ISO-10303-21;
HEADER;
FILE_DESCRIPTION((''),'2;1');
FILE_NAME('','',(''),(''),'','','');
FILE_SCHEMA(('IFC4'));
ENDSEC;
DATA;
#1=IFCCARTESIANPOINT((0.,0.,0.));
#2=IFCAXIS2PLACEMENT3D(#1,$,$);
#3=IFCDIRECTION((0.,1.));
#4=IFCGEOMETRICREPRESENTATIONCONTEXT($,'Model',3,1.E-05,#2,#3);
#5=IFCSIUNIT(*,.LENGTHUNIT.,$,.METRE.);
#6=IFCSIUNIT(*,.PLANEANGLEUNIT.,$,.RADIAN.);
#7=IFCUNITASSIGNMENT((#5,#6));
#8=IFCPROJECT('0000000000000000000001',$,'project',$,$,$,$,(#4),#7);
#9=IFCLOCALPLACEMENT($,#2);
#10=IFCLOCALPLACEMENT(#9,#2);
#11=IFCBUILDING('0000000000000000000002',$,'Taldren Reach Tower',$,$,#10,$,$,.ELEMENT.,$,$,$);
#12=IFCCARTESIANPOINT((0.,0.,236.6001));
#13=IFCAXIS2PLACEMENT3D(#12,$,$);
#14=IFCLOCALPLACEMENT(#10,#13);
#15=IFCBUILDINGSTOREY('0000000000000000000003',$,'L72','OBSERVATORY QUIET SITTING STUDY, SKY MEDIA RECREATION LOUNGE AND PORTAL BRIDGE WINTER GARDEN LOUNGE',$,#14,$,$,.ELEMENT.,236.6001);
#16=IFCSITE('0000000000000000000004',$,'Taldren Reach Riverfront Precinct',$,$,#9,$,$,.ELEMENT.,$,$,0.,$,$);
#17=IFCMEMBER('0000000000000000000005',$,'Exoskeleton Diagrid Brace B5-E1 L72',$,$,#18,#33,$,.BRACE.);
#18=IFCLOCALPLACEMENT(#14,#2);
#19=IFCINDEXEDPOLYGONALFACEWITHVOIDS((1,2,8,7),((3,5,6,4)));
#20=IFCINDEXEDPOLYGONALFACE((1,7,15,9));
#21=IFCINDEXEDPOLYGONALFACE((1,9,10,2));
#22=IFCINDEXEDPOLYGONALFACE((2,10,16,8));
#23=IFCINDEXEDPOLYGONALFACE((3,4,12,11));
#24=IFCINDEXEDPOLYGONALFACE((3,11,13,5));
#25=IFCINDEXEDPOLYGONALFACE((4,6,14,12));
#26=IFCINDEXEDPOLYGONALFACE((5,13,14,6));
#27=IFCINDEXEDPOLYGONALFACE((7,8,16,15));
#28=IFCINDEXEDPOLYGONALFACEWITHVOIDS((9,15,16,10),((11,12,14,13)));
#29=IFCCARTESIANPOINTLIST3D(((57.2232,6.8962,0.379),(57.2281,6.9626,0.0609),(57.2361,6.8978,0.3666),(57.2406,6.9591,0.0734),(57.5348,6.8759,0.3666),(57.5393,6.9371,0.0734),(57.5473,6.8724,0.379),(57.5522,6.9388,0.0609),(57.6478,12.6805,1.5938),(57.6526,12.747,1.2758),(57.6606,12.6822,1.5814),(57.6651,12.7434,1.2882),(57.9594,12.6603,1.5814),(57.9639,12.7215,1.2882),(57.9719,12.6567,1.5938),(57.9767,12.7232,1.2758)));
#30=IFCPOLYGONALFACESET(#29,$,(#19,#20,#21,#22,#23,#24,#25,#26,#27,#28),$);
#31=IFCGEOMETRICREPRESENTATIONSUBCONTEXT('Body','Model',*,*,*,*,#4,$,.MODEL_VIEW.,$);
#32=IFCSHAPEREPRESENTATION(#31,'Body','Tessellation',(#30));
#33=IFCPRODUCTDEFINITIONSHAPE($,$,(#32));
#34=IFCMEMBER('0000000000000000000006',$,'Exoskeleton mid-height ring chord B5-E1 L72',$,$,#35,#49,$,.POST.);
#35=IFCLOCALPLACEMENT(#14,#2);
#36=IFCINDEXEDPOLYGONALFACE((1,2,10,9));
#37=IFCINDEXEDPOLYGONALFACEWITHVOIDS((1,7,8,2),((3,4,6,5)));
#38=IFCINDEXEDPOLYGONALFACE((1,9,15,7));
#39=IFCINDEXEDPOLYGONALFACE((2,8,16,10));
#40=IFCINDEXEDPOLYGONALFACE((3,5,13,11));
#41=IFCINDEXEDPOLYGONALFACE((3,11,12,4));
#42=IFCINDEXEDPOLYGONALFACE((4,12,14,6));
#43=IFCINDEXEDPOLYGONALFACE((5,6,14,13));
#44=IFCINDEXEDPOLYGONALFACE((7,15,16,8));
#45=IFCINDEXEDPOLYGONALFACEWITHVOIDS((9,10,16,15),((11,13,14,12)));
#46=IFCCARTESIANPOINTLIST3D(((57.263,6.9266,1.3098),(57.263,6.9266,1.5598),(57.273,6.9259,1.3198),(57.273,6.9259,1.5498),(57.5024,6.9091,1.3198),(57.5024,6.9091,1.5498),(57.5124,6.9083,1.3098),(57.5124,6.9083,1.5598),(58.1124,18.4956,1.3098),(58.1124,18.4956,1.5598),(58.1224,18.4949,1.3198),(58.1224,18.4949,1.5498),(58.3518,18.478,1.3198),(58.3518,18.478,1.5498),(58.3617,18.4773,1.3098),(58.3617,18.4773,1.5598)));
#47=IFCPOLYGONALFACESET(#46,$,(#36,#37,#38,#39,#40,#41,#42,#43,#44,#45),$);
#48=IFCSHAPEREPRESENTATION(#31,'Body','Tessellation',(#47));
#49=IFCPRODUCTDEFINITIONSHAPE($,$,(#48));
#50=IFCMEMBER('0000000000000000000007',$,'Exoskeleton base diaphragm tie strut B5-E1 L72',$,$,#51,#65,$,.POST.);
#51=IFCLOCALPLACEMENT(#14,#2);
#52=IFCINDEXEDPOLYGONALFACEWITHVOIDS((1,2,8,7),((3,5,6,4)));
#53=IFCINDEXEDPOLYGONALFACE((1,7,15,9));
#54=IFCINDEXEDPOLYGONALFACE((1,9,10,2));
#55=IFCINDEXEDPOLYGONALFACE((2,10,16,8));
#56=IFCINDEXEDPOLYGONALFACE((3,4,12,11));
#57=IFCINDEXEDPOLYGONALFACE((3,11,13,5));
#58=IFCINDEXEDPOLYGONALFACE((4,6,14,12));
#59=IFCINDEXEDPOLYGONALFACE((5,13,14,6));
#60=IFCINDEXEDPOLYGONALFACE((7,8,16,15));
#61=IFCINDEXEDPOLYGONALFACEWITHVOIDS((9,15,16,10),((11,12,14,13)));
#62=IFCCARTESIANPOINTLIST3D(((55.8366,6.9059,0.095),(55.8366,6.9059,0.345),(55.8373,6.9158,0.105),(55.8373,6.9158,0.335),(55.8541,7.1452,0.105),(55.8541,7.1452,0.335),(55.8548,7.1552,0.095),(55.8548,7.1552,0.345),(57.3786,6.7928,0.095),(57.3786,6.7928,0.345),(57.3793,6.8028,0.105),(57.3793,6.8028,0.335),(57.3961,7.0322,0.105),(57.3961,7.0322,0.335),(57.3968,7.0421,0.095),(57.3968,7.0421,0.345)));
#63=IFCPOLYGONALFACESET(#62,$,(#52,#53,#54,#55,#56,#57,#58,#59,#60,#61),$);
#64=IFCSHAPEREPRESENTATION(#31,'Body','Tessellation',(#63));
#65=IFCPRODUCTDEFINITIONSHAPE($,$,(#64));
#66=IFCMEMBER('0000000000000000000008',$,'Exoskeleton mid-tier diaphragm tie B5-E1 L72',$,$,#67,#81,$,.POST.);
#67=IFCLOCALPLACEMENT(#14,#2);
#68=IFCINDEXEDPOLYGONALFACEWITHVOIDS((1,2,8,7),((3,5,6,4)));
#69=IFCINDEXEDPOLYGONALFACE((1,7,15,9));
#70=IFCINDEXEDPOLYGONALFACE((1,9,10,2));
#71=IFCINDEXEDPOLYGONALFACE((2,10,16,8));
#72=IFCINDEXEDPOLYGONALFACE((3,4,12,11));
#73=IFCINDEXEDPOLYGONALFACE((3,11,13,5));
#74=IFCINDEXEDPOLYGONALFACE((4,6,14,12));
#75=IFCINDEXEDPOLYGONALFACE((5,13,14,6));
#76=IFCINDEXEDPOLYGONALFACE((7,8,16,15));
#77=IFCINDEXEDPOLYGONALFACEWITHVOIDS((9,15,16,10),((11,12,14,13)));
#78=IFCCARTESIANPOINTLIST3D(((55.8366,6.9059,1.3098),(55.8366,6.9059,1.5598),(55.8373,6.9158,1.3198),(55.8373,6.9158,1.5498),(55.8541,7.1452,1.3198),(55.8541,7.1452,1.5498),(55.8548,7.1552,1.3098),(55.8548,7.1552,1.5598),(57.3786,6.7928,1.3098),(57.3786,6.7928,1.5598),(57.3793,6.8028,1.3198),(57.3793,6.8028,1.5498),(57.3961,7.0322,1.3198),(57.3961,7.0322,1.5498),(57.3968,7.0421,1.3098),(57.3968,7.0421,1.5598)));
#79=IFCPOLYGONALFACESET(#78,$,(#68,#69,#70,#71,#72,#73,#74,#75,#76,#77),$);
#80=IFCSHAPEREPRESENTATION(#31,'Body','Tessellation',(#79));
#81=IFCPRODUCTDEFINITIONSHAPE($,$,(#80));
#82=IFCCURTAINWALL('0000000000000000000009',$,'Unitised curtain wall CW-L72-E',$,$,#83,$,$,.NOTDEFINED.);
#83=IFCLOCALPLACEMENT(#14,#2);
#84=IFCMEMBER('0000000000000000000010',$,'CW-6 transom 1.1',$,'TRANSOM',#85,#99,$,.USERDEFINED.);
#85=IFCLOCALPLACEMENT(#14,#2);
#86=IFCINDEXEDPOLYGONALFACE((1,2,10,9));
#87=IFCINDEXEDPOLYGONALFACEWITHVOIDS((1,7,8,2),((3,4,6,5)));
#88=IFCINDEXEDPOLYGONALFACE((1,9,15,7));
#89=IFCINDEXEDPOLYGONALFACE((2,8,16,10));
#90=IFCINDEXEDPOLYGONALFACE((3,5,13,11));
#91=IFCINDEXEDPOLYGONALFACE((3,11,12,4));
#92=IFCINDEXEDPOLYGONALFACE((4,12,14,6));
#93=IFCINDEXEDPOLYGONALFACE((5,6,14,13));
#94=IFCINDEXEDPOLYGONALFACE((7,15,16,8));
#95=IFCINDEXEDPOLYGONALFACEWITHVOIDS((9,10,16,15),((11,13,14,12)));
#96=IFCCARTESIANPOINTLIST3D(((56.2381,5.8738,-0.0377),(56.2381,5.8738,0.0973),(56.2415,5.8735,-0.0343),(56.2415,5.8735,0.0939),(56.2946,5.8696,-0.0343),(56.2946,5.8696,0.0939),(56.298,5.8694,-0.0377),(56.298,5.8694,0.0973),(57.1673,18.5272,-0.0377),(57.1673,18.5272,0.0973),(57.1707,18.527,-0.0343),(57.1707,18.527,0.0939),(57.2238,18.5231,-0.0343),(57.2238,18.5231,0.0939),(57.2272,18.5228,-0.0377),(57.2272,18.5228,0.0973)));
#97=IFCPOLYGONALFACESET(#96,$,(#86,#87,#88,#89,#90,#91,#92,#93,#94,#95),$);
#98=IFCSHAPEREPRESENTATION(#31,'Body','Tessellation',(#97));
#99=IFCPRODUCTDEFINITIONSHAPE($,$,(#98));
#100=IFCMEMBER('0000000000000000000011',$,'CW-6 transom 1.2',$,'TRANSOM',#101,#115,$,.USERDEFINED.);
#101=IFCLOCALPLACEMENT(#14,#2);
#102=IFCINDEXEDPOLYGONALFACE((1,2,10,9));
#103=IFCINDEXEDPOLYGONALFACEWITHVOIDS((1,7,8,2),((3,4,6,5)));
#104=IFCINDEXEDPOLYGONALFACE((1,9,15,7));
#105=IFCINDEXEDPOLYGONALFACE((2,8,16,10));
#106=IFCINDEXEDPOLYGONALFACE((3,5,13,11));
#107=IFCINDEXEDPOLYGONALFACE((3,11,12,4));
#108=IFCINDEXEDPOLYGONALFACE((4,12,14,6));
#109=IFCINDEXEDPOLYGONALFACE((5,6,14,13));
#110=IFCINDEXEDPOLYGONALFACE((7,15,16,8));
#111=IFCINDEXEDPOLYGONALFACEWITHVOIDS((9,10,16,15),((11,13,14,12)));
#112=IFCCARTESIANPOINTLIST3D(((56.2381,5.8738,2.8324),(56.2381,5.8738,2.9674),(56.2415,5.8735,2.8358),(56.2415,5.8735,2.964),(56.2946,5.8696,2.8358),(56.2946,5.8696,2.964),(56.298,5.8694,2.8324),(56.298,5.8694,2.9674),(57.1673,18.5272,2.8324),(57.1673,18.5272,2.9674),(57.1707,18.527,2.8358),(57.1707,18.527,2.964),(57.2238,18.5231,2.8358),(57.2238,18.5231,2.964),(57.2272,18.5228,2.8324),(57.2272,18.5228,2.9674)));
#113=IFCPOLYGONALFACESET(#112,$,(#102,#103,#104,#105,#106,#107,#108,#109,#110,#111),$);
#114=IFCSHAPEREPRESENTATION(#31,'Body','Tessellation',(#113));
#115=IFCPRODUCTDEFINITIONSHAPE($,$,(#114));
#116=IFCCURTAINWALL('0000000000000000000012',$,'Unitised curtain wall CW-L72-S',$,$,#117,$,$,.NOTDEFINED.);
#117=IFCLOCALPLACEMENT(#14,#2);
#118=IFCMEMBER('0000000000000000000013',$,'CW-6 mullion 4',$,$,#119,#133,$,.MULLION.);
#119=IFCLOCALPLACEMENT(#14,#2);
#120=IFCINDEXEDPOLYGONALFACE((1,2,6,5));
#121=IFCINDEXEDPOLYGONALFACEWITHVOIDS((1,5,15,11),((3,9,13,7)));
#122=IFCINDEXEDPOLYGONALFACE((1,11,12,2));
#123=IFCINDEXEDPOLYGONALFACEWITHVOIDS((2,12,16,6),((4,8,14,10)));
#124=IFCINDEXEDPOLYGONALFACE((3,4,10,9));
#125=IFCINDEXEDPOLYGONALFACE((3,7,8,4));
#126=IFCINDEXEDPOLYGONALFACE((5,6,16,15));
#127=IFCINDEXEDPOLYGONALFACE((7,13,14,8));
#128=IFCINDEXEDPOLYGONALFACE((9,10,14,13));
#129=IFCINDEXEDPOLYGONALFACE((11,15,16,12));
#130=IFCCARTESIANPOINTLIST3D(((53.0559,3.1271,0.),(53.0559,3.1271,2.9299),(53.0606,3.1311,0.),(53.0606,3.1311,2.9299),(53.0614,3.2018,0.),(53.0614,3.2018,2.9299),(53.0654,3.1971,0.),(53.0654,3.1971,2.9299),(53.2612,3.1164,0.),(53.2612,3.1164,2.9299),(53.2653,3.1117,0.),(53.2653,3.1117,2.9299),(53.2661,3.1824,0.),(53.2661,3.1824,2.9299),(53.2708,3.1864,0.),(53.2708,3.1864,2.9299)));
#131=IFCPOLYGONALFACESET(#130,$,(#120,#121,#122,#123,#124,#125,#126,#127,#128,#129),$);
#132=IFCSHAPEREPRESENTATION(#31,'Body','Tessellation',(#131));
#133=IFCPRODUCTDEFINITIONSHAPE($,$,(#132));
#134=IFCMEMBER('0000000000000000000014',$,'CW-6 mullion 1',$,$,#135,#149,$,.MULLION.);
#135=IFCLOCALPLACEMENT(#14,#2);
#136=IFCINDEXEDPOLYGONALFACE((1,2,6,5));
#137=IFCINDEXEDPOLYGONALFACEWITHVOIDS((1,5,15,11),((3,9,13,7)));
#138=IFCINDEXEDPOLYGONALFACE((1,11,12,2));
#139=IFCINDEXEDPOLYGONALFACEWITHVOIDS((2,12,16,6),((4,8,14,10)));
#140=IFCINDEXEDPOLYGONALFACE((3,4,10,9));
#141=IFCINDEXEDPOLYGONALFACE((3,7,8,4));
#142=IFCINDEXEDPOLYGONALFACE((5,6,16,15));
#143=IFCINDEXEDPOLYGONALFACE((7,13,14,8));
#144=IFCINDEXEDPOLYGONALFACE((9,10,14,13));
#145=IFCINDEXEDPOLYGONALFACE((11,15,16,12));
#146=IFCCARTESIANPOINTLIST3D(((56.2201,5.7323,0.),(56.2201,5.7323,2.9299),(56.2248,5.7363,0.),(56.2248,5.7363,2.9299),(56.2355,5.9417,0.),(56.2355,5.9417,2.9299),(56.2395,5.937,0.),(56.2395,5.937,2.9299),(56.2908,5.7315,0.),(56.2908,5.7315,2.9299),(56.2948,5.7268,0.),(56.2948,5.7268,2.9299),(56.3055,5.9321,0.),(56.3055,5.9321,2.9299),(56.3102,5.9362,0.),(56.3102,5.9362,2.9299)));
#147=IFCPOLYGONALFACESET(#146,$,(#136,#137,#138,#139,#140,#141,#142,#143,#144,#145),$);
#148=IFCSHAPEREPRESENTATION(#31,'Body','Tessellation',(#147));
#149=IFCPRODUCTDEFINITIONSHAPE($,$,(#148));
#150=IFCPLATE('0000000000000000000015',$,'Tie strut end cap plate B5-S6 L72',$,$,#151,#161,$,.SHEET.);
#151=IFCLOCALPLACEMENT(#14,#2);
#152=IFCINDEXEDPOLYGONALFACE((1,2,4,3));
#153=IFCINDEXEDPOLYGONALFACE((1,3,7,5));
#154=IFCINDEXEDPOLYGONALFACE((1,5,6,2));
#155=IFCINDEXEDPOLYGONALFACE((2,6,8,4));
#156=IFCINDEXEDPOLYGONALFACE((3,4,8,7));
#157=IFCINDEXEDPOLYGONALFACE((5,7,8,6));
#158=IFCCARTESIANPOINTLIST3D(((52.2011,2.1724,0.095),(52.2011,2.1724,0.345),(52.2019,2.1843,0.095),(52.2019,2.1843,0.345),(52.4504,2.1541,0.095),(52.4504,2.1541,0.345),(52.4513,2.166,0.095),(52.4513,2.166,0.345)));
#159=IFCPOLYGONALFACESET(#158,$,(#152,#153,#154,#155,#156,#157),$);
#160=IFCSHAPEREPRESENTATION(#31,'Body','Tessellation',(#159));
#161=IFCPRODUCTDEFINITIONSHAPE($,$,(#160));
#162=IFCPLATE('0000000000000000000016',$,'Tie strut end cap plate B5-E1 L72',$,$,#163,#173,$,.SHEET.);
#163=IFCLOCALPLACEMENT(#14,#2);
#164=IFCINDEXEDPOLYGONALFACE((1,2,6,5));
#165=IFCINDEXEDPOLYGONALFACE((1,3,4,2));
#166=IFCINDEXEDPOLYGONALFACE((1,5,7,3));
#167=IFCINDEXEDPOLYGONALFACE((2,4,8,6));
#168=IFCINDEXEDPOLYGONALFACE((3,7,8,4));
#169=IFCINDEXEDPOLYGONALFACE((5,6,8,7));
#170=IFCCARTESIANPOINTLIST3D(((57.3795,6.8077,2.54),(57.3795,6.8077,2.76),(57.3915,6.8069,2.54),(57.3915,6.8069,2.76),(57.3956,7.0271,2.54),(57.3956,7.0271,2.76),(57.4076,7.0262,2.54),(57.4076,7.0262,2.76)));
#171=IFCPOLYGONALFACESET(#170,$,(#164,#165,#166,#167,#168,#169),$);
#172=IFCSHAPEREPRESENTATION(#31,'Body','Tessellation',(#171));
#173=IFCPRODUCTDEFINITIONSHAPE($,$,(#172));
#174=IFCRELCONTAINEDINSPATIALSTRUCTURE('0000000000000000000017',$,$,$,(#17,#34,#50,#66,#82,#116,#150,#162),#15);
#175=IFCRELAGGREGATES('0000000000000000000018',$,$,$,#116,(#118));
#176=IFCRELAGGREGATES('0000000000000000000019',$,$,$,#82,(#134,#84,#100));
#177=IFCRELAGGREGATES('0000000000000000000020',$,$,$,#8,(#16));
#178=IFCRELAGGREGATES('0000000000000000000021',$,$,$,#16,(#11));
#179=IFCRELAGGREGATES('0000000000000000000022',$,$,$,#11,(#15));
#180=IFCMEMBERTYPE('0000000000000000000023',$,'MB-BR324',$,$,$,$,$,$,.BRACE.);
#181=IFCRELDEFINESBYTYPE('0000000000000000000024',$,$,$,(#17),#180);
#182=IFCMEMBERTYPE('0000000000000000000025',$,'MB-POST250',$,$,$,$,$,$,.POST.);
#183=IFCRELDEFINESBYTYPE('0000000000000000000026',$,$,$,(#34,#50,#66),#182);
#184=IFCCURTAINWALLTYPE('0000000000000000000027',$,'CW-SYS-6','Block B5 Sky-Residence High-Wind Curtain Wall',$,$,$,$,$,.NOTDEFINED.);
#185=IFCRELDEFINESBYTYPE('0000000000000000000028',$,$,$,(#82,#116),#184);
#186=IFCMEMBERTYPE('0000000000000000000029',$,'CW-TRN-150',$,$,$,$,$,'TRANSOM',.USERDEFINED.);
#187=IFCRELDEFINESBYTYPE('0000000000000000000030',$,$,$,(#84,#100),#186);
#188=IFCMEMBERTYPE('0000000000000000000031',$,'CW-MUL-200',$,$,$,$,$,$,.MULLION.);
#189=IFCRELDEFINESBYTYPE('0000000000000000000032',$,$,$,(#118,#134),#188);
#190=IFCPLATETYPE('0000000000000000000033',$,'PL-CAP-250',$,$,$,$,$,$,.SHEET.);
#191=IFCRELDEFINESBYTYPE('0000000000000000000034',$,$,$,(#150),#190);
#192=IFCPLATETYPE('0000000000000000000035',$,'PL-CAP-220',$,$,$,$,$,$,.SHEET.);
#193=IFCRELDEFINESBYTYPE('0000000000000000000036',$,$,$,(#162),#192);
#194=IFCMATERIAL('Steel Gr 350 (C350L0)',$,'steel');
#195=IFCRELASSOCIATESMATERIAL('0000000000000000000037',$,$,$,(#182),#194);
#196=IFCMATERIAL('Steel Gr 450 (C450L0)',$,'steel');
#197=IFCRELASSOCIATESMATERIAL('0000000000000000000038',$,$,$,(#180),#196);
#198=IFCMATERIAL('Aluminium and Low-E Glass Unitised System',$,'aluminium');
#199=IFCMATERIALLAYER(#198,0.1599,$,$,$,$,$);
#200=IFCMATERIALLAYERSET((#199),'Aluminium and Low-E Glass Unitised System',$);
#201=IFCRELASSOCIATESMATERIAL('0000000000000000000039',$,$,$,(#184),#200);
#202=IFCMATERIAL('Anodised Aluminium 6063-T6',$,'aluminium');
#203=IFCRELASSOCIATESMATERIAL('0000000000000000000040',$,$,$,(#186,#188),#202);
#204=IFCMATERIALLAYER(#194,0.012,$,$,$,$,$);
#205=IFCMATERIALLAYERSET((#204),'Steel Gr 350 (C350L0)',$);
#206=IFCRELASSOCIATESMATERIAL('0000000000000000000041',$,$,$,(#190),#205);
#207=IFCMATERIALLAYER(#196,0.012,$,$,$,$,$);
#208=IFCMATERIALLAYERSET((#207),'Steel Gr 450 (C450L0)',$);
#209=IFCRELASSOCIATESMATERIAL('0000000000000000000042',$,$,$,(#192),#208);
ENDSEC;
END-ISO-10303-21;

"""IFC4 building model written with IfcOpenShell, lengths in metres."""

from ifc_helpers import new_model, si_unit, direction, frame, origin, origin_2d, place, context, subcontext, project, spatial, rectangle, hollow_rectangle, extrude, source, transform, mapped, material, layer, layer_set, material_profile, profile_set, type_object, element, aggregate, save


model = new_model("IFC4")

# Units and contexts
model_context = context("Model", 3, precision=1e-05, world=origin(), true_north=direction((0.0, 1.0)))
body_context = subcontext(model_context, "Body", "Model", "MODEL_VIEW")
ifc_project = project(units=[si_unit("LENGTHUNIT", "METRE"), si_unit("PLANEANGLEUNIT", "RADIAN")], contexts=[model_context])

# Site, building, storey
site_placement = place(None, origin())
site = spatial("IfcSite", under=ifc_project, at=site_placement, Name="Taldren Reach Riverfront Precinct", CompositionType="ELEMENT", RefElevation=0.0)
building_placement = place(site_placement, origin())
building = spatial("IfcBuilding", under=site, at=building_placement, Name="Taldren Reach Tower", CompositionType="ELEMENT")
storey_placement = place(building_placement, frame((0.0, 0.0, 236.6001)))
storey = spatial("IfcBuildingStorey", under=building, at=storey_placement, Name="L72", Description="OBSERVATORY QUIET SITTING STUDY, SKY MEDIA RECREATION LOUNGE AND PORTAL BRIDGE WINTER GARDEN LOUNGE", CompositionType="ELEMENT", Elevation=236.6001)

# Shared definitions
ifc_material_1 = material(Name="Steel Gr 350 (C350L0)", Category="steel")

# Shared definitions
ifc_material_profile_1 = material_profile(ifc_material_1, hollow_rectangle(XDim=0.25, YDim=0.25, WallThickness=0.01, at=origin_2d()), Name="250x250x10.0SHS")
ifc_profile_set_1 = profile_set([ifc_material_profile_1], Name="Steel Gr 350 (C350L0)")
member_type_1 = type_object("IfcMemberType", Name="MB-POST250", PredefinedType="POST", material=ifc_profile_set_1)
ifc_material_2 = material(Name="Steel Gr 450 (C450L0)", Category="steel")

# Members
ifc_material_profile_2 = material_profile(ifc_material_2, hollow_rectangle(XDim=0.325, YDim=0.325, WallThickness=0.0127, at=origin_2d()), Name="325x325x12.7SHS")
ifc_profile_set_2 = profile_set([ifc_material_profile_2], Name="Steel Gr 450 (C450L0)")
member_type_2 = type_object("IfcMemberType", Name="MB-BR324", PredefinedType="BRACE", material=ifc_profile_set_2)
shared_shape_1 = source(origin(), body_context, "Body", "SweptSolid", [
    extrude(hollow_rectangle(XDim=0.325, YDim=0.325, WallThickness=0.0127, at=origin_2d()), origin(), (0.0, 0.0, 1.0), 5.9258),
])
member_1_placement = place(storey_placement, frame((57.3877, 6.9175, 0.22), z_axis=(0.071646, 0.976135, 0.205008), x_axis=(-0.997317, 0.0732, 0.0)))
element("IfcMember", 1, at=member_1_placement, inside=storey, type_object=member_type_2, Name="Exoskeleton Diagrid Brace B5-E1 L72", PredefinedType="BRACE", context=body_context, shape_type="MappedRepresentation", body=[
    mapped(shared_shape_1, transform((0.0, 0.0, 0.0), scale=1.0)),
])
shared_shape_2 = source(origin(), body_context, "Body", "SweptSolid", [
    extrude(hollow_rectangle(XDim=0.25, YDim=0.25, WallThickness=0.01, at=origin_2d()), origin(), (0.0, 0.0, 1.0), 11.6001),
])
member_2_placement = place(storey_placement, frame((57.3877, 6.9175, 1.4348), z_axis=(0.073221, 0.997316, 0.0), x_axis=(-0.997316, 0.073221, 0.0)))
element("IfcMember", 2, at=member_2_placement, inside=storey, type_object=member_type_1, Name="Exoskeleton mid-height ring chord B5-E1 L72", PredefinedType="POST", context=body_context, shape_type="MappedRepresentation", body=[
    mapped(shared_shape_2, transform((0.0, 0.0, 0.0), scale=1.0)),
])
shared_shape_3 = source(origin(), body_context, "Body", "SweptSolid", [
    extrude(hollow_rectangle(XDim=0.25, YDim=0.25, WallThickness=0.01, at=origin_2d()), origin(), (0.0, 0.0, 1.0), 1.5461),
])
for number, where, z_axis, x_axis, name in (
    (3, (55.8457, 7.0305, 0.22), (0.997324, -0.07311, 0.0), (0.07311, 0.997324, 0.0), "Exoskeleton base diaphragm tie strut B5-E1 L72"),
    (4, (55.8457, 7.0305, 1.4348), (0.997324, -0.07311, 0.0), (0.07311, 0.997324, 0.0), "Exoskeleton mid-tier diaphragm tie B5-E1 L72"),
):
    element("IfcMember", number, at=place(storey_placement, frame(where, z_axis=z_axis, x_axis=x_axis)), inside=storey, type_object=member_type_1, Name=name, PredefinedType="POST", context=body_context, shape_type="MappedRepresentation", body=[
        mapped(shared_shape_3, transform((0.0, 0.0, 0.0), scale=1.0)),
    ])

# Curtain wall, members
ifc_material_3 = material(Name="Aluminium and Low-E Glass Unitised System", Category="aluminium")
ifc_layer_1 = layer(ifc_material_3, 0.1599)
ifc_layer_set_1 = layer_set([ifc_layer_1], Name="Aluminium and Low-E Glass Unitised System")
curtain_wall_type = type_object("IfcCurtainWallType", Name="CW-SYS-6", Description="Block B5 Sky-Residence High-Wind Curtain Wall", PredefinedType="NOTDEFINED", material=ifc_layer_set_1)
curtain_wall_1_placement = place(storey_placement, origin())
curtain_wall_1 = element("IfcCurtainWall", 5, at=curtain_wall_1_placement, inside=storey, type_object=curtain_wall_type, Name="Unitised curtain wall CW-L72-E", PredefinedType="NOTDEFINED")
ifc_material_4 = material(Name="Anodised Aluminium 6063-T6", Category="aluminium")
ifc_material_profile_3 = material_profile(ifc_material_4, hollow_rectangle(XDim=0.0601, YDim=0.135, WallThickness=0.0034, at=origin_2d()), Name="ALU-135x60x3.5RHS")
ifc_profile_set_3 = profile_set([ifc_material_profile_3], Name="Anodised Aluminium 6063-T6")
member_type_3 = type_object("IfcMemberType", Name="CW-TRN-150", ElementType="TRANSOM", PredefinedType="USERDEFINED", material=ifc_profile_set_3)
shared_shape_4 = source(origin(), body_context, "Body", "SweptSolid", [
    extrude(hollow_rectangle(XDim=0.0601, YDim=0.135, WallThickness=0.0034, at=origin_2d()), origin(), (0.0, 0.0, 1.0), 12.6875),
])
member_3_placement = place(storey_placement, frame((56.2681, 5.8716, 0.0298), z_axis=(0.073238, 0.997314, 0.0), x_axis=(-0.997314, 0.073238, 0.0)))
member_3 = element("IfcMember", 6, at=member_3_placement, type_object=member_type_3, Name="CW-6 transom 1.1", ObjectType="TRANSOM", PredefinedType="USERDEFINED", context=body_context, shape_type="MappedRepresentation", body=[
    mapped(shared_shape_4, transform((0.0, 0.0, 0.0), scale=1.0)),
])
member_4_placement = place(storey_placement, frame((56.2681, 5.8716, 2.8999), z_axis=(0.073238, 0.997314, 0.0), x_axis=(-0.997314, 0.073238, 0.0)))
member_4 = element("IfcMember", 7, at=member_4_placement, type_object=member_type_3, Name="CW-6 transom 1.2", ObjectType="TRANSOM", PredefinedType="USERDEFINED", context=body_context, shape_type="MappedRepresentation", body=[
    mapped(shared_shape_4, transform((0.0, 0.0, 0.0), scale=1.0)),
])

# Curtain wall, member
curtain_wall_2_placement = place(storey_placement, origin())
curtain_wall_2 = element("IfcCurtainWall", 8, at=curtain_wall_2_placement, inside=storey, type_object=curtain_wall_type, Name="Unitised curtain wall CW-L72-S", PredefinedType="NOTDEFINED")
ifc_material_profile_4 = material_profile(ifc_material_4, hollow_rectangle(XDim=0.075, YDim=0.21, WallThickness=0.0044, at=origin_2d()), Name="ALU-210x75x4.5RHS")
ifc_profile_set_4 = profile_set([ifc_material_profile_4], Name="Anodised Aluminium 6063-T6")
member_type_4 = type_object("IfcMemberType", Name="CW-MUL-200", PredefinedType="MULLION", material=ifc_profile_set_4)
shared_shape_5 = source(origin(), body_context, "Body", "SweptSolid", [
    extrude(hollow_rectangle(XDim=0.075, YDim=0.21, WallThickness=0.0044, at=origin_2d()), origin(), (0.0, 0.0, 1.0), 2.9299),
])
member_5_placement = place(storey_placement, frame((53.1633, 3.1567, 0.0), z_axis=(0.0, 0.0, 1.0), x_axis=(0.073238, 0.997314, 0.0)))
member_5 = element("IfcMember", 9, at=member_5_placement, type_object=member_type_4, Name="CW-6 mullion 4", PredefinedType="MULLION", context=body_context, shape_type="MappedRepresentation", body=[
    mapped(shared_shape_5, transform((0.0, 0.0, 0.0), scale=1.0)),
])

# Member
member_6_placement = place(storey_placement, frame((56.2651, 5.8342, 0.0), z_axis=(0.0, 0.0, 1.0), x_axis=(-0.997314, 0.073238, 0.0)))
member_6 = element("IfcMember", 10, at=member_6_placement, type_object=member_type_4, Name="CW-6 mullion 1", PredefinedType="MULLION", context=body_context, shape_type="MappedRepresentation", body=[
    mapped(shared_shape_5, transform((0.0, 0.0, 0.0), scale=1.0)),
])

# Plates
ifc_layer_2 = layer(ifc_material_1, 0.012)
ifc_layer_set_2 = layer_set([ifc_layer_2], Name="Steel Gr 350 (C350L0)")
plate_type_1 = type_object("IfcPlateType", Name="PL-CAP-250", PredefinedType="SHEET", material=ifc_layer_set_2)
shared_shape_6 = source(origin(), body_context, "Body", "SweptSolid", [
    extrude(rectangle(XDim=0.25, YDim=0.012, at=origin_2d()), origin(), (0.0, 0.0, 1.0), 0.25),
])
plate_1_placement = place(storey_placement, frame((52.3262, 2.1692, 0.095), z_axis=(0.0, 0.0, 1.0), x_axis=(0.997314, -0.073238, 0.0)))
element("IfcPlate", 11, at=plate_1_placement, inside=storey, type_object=plate_type_1, Name="Tie strut end cap plate B5-S6 L72", PredefinedType="SHEET", context=body_context, shape_type="MappedRepresentation", body=[
    mapped(shared_shape_6, transform((0.0, 0.0, 0.0), scale=1.0)),
])
ifc_layer_3 = layer(ifc_material_2, 0.012)
ifc_layer_set_3 = layer_set([ifc_layer_3], Name="Steel Gr 450 (C450L0)")
plate_type_2 = type_object("IfcPlateType", Name="PL-CAP-220", PredefinedType="SHEET", material=ifc_layer_set_3)
shared_shape_7 = source(origin(), body_context, "Body", "SweptSolid", [
    extrude(rectangle(XDim=0.012, YDim=0.22, at=origin_2d()), origin(), (0.0, 0.0, 1.0), 0.22),
])
plate_2_placement = place(storey_placement, frame((57.3936, 6.917, 2.54), z_axis=(0.0, 0.0, 1.0), x_axis=(0.997314, -0.073238, 0.0)))
element("IfcPlate", 12, at=plate_2_placement, inside=storey, type_object=plate_type_2, Name="Tie strut end cap plate B5-E1 L72", PredefinedType="SHEET", context=body_context, shape_type="MappedRepresentation", body=[
    mapped(shared_shape_7, transform((0.0, 0.0, 0.0), scale=1.0)),
])

aggregate(curtain_wall_2, [member_5])
aggregate(curtain_wall_1, [member_6, member_3, member_4])

save(model, "model.ifc")
